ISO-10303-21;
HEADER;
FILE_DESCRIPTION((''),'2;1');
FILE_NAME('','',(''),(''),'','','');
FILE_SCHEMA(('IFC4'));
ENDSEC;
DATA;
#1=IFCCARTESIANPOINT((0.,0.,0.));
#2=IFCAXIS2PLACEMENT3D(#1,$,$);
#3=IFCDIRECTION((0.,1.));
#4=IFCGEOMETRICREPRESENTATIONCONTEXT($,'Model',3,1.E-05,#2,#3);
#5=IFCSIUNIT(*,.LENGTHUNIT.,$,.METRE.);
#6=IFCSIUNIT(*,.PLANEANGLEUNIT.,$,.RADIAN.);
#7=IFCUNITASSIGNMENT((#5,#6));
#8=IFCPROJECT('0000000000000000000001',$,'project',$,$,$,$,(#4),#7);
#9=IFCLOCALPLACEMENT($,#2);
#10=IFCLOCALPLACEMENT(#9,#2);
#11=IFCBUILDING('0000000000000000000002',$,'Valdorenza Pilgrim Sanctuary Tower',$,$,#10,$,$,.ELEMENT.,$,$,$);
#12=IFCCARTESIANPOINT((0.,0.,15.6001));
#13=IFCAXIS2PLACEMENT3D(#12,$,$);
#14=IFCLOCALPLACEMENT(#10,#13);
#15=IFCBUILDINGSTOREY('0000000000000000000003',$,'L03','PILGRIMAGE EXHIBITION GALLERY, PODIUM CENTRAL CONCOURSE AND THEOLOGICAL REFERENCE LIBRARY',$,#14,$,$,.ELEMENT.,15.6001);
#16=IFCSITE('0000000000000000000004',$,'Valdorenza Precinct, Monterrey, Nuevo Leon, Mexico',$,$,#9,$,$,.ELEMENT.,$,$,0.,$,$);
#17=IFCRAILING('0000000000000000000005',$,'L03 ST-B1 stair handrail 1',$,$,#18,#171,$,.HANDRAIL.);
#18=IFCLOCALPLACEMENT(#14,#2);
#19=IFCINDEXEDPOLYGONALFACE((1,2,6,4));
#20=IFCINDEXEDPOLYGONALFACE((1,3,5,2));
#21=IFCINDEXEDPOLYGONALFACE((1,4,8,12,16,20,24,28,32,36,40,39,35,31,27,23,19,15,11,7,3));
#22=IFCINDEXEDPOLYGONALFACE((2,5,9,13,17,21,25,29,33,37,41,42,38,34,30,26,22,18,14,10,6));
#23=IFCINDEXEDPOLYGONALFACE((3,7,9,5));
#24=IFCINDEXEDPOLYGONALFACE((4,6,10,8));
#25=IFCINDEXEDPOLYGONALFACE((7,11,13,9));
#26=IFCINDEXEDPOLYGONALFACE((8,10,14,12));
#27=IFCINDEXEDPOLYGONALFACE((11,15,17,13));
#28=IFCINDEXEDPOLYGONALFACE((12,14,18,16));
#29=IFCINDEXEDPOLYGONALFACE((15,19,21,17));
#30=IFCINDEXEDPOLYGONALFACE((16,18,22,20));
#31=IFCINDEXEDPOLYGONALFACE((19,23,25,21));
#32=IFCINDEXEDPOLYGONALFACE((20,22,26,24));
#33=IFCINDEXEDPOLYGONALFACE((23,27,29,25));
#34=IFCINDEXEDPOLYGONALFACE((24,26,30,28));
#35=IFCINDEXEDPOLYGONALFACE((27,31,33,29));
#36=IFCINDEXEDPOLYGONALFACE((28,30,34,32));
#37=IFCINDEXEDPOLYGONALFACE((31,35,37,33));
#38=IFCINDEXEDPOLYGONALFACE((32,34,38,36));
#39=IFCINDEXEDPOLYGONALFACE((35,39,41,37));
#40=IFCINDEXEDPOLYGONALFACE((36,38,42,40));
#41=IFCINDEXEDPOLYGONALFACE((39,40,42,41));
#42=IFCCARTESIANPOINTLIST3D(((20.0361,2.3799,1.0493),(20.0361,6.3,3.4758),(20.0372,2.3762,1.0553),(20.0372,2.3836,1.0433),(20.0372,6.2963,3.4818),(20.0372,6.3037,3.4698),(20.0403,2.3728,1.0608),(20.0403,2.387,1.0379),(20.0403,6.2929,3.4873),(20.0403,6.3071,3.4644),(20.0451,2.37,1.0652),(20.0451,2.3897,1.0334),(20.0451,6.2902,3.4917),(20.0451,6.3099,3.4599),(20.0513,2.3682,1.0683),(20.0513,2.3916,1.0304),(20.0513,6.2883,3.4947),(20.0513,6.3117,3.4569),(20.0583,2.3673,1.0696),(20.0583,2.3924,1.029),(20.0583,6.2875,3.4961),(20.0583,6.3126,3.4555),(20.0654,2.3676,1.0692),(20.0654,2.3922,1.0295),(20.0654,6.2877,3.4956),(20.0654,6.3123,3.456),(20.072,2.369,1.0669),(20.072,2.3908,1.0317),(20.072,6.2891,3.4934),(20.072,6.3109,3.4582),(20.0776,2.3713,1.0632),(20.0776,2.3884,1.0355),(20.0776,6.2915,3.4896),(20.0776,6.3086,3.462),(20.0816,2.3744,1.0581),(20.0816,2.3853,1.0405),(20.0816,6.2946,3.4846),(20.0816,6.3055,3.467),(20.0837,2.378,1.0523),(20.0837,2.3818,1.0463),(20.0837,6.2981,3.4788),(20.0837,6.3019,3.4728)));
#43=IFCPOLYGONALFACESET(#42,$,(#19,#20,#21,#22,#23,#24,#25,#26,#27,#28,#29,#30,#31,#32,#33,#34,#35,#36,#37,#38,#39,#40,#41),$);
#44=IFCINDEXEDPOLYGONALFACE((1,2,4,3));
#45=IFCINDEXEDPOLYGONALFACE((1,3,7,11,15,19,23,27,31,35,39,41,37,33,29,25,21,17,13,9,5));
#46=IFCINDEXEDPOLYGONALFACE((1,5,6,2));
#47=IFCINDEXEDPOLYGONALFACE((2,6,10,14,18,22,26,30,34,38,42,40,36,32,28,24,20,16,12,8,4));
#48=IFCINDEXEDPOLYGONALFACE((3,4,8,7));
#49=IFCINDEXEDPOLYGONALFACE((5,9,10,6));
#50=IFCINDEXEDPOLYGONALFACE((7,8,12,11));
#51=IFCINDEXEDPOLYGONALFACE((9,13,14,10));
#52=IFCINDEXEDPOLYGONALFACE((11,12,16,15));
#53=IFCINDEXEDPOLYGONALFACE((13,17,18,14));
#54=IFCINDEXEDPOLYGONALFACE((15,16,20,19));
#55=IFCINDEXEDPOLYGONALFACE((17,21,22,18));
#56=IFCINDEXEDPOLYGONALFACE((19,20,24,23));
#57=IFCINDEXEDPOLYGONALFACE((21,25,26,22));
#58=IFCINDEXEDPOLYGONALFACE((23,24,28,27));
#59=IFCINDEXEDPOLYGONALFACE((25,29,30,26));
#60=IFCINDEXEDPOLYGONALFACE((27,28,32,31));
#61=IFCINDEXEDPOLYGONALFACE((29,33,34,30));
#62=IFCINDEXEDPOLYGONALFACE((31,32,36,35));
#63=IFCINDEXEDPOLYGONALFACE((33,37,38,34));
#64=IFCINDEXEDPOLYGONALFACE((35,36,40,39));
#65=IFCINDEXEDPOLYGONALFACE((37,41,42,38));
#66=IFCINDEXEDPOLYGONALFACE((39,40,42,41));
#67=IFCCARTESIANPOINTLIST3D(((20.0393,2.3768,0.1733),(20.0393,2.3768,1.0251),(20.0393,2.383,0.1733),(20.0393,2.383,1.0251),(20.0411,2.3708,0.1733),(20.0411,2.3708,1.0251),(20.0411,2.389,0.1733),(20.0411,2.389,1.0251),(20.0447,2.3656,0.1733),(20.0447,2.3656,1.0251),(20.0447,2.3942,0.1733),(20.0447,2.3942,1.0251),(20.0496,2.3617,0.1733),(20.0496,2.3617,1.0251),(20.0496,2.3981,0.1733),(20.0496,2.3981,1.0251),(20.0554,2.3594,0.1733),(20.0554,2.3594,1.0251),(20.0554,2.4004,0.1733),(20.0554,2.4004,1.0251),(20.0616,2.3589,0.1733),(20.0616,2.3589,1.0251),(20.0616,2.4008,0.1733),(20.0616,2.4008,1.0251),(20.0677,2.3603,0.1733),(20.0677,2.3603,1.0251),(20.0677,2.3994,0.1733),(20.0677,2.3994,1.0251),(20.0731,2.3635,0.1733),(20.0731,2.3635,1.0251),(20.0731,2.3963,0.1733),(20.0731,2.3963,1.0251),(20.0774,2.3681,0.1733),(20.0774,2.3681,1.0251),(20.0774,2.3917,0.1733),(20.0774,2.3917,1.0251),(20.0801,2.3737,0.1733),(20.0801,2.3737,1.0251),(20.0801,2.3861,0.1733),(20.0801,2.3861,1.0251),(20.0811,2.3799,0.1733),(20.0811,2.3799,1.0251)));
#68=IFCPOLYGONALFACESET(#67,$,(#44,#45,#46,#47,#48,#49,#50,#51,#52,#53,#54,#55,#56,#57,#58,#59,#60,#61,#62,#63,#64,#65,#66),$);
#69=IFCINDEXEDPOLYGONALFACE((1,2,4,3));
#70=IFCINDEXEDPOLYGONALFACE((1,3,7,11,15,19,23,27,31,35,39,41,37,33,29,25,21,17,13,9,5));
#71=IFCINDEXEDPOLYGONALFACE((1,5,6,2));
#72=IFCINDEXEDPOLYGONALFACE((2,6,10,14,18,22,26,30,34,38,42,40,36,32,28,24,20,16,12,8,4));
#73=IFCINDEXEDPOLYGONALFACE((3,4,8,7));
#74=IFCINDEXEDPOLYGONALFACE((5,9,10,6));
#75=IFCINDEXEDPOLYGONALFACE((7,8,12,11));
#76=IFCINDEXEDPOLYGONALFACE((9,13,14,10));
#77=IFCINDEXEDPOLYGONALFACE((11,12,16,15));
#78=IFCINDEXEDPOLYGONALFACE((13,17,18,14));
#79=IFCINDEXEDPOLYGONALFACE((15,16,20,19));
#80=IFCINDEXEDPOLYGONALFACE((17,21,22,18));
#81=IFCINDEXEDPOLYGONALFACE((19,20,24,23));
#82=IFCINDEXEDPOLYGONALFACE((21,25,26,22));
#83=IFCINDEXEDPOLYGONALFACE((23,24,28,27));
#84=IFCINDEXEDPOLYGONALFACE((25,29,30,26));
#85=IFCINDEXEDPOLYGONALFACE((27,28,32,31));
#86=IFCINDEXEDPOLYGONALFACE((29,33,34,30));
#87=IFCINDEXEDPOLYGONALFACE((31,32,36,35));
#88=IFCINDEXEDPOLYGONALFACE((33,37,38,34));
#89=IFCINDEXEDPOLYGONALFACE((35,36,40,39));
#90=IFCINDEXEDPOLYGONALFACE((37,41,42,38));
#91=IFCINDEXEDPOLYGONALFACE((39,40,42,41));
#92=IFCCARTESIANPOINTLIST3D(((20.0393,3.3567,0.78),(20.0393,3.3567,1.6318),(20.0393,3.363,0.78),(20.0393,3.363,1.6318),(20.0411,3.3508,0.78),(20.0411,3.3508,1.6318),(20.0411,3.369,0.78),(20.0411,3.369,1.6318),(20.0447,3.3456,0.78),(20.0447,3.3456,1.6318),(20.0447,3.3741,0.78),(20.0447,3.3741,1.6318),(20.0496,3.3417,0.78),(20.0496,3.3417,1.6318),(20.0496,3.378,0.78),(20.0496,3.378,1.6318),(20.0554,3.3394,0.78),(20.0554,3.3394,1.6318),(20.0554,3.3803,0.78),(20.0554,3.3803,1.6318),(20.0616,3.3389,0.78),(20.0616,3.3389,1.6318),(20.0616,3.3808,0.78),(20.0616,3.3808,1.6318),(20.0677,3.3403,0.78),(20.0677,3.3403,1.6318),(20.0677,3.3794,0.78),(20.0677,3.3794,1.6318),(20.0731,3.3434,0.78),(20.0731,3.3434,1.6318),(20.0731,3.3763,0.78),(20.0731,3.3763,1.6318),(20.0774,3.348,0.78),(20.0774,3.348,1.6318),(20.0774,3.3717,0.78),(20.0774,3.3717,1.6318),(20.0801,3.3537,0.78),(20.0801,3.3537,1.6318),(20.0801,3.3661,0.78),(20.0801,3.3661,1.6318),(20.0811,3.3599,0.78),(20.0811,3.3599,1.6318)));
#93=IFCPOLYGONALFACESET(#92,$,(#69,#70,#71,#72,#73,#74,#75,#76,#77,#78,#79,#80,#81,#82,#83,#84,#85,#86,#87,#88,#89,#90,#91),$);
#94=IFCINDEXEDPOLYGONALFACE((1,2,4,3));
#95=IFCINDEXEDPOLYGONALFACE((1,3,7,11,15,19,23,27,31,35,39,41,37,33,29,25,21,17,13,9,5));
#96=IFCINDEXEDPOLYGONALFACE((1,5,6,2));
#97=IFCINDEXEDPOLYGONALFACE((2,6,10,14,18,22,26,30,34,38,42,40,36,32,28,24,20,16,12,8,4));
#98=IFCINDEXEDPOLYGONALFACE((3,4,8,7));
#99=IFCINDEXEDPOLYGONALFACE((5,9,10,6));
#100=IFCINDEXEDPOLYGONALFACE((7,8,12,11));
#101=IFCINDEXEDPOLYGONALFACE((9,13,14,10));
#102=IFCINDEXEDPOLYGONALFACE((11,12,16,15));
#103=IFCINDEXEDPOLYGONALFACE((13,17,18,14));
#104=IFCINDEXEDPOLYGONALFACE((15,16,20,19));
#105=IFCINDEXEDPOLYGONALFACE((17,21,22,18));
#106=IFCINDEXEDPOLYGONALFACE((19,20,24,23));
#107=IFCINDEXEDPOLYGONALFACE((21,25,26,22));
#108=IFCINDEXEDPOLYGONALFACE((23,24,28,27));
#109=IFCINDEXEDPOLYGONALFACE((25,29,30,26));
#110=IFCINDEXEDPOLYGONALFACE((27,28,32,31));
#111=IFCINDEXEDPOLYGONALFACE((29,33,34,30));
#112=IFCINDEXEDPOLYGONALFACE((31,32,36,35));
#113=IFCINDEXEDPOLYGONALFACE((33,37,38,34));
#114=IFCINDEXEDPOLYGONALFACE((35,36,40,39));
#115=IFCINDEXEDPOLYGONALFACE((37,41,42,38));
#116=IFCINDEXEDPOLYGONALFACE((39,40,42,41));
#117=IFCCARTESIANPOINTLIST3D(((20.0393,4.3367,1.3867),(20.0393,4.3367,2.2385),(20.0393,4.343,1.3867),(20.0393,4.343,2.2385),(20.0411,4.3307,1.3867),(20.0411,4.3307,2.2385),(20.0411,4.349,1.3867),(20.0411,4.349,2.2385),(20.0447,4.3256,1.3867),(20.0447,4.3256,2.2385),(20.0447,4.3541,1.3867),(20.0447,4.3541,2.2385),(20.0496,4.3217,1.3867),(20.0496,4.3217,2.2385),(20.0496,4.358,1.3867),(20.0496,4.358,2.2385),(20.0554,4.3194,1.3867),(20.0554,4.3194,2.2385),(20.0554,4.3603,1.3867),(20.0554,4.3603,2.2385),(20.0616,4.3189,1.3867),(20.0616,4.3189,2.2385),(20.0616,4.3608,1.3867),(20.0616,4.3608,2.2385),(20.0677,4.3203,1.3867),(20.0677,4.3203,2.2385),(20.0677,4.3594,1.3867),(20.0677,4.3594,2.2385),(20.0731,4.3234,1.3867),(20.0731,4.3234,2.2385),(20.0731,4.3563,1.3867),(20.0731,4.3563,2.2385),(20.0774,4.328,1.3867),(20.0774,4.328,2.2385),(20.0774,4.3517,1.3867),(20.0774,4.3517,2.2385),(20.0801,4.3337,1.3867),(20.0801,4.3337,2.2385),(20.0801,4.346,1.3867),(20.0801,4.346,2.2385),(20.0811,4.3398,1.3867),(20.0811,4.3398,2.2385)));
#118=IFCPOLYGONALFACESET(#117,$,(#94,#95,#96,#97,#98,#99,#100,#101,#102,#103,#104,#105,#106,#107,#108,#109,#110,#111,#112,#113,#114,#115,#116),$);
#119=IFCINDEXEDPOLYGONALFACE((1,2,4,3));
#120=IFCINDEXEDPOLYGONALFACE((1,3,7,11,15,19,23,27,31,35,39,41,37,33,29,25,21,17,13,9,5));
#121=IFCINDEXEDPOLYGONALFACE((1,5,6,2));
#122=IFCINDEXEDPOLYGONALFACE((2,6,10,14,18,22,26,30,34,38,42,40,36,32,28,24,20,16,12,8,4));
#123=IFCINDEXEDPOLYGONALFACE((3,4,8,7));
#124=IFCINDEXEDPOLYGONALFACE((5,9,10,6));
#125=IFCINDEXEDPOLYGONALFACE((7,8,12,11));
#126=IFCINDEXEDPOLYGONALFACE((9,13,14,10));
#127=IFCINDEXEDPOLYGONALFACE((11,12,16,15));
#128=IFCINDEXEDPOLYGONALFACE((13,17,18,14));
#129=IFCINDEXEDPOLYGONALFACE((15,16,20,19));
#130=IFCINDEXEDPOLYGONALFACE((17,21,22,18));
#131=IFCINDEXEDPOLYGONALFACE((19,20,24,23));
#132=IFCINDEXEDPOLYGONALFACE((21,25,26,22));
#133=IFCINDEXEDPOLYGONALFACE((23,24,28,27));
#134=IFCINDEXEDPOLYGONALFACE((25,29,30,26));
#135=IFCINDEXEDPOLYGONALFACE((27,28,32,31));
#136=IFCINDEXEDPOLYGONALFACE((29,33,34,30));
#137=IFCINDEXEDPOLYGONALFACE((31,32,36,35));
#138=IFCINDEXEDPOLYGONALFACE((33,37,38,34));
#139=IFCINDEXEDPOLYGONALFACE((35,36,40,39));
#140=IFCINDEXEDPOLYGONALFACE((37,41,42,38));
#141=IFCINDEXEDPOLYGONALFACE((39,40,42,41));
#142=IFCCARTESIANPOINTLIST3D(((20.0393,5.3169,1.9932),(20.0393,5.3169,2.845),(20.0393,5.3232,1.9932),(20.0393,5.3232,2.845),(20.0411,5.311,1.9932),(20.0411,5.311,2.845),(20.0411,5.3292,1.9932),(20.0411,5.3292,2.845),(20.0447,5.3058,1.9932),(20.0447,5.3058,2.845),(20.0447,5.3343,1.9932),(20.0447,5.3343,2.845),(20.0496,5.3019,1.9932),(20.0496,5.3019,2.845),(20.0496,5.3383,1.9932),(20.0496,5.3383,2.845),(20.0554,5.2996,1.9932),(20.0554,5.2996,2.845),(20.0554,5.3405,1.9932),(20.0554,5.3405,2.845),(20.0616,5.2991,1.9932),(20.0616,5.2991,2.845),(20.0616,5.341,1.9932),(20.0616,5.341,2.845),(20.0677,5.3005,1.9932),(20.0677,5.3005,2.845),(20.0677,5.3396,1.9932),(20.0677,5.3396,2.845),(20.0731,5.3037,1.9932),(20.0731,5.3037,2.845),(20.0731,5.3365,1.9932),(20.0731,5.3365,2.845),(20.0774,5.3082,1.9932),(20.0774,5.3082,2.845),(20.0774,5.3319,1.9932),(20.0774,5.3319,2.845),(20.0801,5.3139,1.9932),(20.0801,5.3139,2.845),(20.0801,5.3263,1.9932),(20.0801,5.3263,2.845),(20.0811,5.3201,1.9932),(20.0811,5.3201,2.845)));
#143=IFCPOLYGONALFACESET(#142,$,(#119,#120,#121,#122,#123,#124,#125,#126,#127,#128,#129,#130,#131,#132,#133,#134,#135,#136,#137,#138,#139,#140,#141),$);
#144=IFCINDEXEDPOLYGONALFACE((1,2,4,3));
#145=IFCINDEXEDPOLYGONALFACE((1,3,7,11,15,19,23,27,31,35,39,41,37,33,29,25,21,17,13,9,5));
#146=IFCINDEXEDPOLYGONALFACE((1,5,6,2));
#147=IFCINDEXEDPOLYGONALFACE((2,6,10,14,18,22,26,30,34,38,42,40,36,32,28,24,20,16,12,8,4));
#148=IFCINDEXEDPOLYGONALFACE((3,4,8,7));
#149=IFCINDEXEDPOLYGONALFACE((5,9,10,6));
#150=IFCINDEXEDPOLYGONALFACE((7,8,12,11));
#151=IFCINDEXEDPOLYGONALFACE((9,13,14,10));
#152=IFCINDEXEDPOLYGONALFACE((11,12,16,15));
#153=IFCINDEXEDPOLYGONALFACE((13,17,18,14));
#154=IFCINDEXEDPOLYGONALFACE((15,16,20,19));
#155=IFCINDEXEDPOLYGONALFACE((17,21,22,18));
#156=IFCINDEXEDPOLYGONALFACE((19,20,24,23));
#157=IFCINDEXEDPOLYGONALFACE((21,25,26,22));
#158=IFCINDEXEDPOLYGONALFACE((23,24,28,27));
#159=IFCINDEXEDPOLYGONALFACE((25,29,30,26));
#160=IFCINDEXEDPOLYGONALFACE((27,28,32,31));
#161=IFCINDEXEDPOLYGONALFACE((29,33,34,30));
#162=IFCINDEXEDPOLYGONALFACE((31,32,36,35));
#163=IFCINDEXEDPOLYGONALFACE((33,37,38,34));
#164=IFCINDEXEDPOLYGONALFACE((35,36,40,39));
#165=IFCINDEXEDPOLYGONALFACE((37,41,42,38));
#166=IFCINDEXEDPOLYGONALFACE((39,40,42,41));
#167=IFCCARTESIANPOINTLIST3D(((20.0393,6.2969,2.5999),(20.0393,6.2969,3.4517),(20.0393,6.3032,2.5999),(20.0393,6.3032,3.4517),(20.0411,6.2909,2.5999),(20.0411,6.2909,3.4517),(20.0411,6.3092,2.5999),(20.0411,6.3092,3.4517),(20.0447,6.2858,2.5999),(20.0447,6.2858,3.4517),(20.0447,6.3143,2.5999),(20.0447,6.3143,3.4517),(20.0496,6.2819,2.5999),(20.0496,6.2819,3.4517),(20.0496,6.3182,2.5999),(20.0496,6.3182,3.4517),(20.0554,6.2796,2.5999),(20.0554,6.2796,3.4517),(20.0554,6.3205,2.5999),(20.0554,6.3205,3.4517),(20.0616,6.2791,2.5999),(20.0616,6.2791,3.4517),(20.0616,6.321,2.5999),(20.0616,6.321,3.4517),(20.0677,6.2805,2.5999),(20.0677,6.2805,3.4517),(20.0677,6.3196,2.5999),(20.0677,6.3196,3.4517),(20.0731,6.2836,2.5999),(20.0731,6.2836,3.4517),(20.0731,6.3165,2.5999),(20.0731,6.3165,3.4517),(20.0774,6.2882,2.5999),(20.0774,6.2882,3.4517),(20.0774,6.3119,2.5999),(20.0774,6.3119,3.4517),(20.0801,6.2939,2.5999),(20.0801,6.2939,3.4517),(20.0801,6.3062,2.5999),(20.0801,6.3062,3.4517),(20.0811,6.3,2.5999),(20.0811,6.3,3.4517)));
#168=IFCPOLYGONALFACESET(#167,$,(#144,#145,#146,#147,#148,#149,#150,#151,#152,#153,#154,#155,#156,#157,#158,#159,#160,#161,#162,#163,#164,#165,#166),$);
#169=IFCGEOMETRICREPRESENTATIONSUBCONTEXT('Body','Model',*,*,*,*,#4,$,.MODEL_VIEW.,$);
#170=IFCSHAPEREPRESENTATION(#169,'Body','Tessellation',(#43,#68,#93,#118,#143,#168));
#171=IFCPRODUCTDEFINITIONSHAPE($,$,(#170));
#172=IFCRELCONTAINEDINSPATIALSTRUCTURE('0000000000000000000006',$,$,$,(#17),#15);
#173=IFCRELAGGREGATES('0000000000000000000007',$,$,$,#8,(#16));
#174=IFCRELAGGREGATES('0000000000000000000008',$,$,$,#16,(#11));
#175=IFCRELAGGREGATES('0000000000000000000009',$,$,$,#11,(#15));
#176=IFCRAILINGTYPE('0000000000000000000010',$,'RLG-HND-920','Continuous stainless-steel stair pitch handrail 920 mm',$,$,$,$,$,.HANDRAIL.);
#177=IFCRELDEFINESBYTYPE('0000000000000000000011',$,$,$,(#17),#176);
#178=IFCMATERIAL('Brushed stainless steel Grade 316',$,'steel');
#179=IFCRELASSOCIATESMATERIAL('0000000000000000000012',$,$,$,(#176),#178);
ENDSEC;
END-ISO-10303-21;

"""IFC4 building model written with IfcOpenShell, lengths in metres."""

from ifc_helpers import new_model, si_unit, direction, frame, origin, origin_2d, place, context, subcontext, project, spatial, circle, extrude, material, type_object, element, save


model = new_model("IFC4")

# Units and contexts
model_context = context("Model", 3, precision=1e-05, world=origin(), true_north=direction((0.0, 1.0)))
body_context = subcontext(model_context, "Body", "Model", "MODEL_VIEW")
ifc_project = project(units=[si_unit("LENGTHUNIT", "METRE"), si_unit("PLANEANGLEUNIT", "RADIAN")], contexts=[model_context])

# Site, building, storey
site_placement = place(None, origin())
site = spatial("IfcSite", under=ifc_project, at=site_placement, Name="Valdorenza Precinct, Monterrey, Nuevo Leon, Mexico", CompositionType="ELEMENT", RefElevation=0.0)
building_placement = place(site_placement, origin())
building = spatial("IfcBuilding", under=site, at=building_placement, Name="Valdorenza Pilgrim Sanctuary Tower", CompositionType="ELEMENT")
storey_placement = place(building_placement, frame((0.0, 0.0, 15.6001)))
storey = spatial("IfcBuildingStorey", under=building, at=storey_placement, Name="L03", Description="PILGRIMAGE EXHIBITION GALLERY, PODIUM CENTRAL CONCOURSE AND THEOLOGICAL REFERENCE LIBRARY", CompositionType="ELEMENT", Elevation=15.6001)

# Railing
ifc_material_1 = material(Name="Brushed stainless steel Grade 316", Category="steel")
railing_type_1 = type_object("IfcRailingType", Name="RLG-HND-920", Description="Continuous stainless-steel stair pitch handrail 920 mm", PredefinedType="HANDRAIL", material=ifc_material_1)
railing_1_placement = place(storey_placement, frame((20.0601, 2.3799, 0.1733)))
element("IfcRailing", 1, at=railing_1_placement, inside=storey, type_object=railing_type_1, Name="L03 ST-B1 stair handrail 1", PredefinedType="HANDRAIL", context=body_context, shape_type="SweptSolid", body=[
    extrude(circle(Radius=0.0239, at=origin_2d()), frame((0.0, 0.0, 0.876), z_axis=(0.0, 0.85029, 0.526315), x_axis=(-1.0, 0.0, 0.0)), (0.0, 0.0, 1.0), 4.6104),
    extrude(circle(Radius=0.021, at=origin_2d()), origin(), (0.0, 0.0, 1.0), 0.8518),
    extrude(circle(Radius=0.021, at=origin_2d()), frame((0.0, 0.98, 0.6067)), (0.0, 0.0, 1.0), 0.8518),
    extrude(circle(Radius=0.021, at=origin_2d()), frame((0.0, 1.96, 1.2134)), (0.0, 0.0, 1.0), 0.8518),
    extrude(circle(Radius=0.021, at=origin_2d()), frame((0.0, 2.9402, 1.8198)), (0.0, 0.0, 1.0), 0.8518),
    extrude(circle(Radius=0.021, at=origin_2d()), frame((0.0, 3.9202, 2.4265)), (0.0, 0.0, 1.0), 0.8518),
])

save(model, "model.ifc")
